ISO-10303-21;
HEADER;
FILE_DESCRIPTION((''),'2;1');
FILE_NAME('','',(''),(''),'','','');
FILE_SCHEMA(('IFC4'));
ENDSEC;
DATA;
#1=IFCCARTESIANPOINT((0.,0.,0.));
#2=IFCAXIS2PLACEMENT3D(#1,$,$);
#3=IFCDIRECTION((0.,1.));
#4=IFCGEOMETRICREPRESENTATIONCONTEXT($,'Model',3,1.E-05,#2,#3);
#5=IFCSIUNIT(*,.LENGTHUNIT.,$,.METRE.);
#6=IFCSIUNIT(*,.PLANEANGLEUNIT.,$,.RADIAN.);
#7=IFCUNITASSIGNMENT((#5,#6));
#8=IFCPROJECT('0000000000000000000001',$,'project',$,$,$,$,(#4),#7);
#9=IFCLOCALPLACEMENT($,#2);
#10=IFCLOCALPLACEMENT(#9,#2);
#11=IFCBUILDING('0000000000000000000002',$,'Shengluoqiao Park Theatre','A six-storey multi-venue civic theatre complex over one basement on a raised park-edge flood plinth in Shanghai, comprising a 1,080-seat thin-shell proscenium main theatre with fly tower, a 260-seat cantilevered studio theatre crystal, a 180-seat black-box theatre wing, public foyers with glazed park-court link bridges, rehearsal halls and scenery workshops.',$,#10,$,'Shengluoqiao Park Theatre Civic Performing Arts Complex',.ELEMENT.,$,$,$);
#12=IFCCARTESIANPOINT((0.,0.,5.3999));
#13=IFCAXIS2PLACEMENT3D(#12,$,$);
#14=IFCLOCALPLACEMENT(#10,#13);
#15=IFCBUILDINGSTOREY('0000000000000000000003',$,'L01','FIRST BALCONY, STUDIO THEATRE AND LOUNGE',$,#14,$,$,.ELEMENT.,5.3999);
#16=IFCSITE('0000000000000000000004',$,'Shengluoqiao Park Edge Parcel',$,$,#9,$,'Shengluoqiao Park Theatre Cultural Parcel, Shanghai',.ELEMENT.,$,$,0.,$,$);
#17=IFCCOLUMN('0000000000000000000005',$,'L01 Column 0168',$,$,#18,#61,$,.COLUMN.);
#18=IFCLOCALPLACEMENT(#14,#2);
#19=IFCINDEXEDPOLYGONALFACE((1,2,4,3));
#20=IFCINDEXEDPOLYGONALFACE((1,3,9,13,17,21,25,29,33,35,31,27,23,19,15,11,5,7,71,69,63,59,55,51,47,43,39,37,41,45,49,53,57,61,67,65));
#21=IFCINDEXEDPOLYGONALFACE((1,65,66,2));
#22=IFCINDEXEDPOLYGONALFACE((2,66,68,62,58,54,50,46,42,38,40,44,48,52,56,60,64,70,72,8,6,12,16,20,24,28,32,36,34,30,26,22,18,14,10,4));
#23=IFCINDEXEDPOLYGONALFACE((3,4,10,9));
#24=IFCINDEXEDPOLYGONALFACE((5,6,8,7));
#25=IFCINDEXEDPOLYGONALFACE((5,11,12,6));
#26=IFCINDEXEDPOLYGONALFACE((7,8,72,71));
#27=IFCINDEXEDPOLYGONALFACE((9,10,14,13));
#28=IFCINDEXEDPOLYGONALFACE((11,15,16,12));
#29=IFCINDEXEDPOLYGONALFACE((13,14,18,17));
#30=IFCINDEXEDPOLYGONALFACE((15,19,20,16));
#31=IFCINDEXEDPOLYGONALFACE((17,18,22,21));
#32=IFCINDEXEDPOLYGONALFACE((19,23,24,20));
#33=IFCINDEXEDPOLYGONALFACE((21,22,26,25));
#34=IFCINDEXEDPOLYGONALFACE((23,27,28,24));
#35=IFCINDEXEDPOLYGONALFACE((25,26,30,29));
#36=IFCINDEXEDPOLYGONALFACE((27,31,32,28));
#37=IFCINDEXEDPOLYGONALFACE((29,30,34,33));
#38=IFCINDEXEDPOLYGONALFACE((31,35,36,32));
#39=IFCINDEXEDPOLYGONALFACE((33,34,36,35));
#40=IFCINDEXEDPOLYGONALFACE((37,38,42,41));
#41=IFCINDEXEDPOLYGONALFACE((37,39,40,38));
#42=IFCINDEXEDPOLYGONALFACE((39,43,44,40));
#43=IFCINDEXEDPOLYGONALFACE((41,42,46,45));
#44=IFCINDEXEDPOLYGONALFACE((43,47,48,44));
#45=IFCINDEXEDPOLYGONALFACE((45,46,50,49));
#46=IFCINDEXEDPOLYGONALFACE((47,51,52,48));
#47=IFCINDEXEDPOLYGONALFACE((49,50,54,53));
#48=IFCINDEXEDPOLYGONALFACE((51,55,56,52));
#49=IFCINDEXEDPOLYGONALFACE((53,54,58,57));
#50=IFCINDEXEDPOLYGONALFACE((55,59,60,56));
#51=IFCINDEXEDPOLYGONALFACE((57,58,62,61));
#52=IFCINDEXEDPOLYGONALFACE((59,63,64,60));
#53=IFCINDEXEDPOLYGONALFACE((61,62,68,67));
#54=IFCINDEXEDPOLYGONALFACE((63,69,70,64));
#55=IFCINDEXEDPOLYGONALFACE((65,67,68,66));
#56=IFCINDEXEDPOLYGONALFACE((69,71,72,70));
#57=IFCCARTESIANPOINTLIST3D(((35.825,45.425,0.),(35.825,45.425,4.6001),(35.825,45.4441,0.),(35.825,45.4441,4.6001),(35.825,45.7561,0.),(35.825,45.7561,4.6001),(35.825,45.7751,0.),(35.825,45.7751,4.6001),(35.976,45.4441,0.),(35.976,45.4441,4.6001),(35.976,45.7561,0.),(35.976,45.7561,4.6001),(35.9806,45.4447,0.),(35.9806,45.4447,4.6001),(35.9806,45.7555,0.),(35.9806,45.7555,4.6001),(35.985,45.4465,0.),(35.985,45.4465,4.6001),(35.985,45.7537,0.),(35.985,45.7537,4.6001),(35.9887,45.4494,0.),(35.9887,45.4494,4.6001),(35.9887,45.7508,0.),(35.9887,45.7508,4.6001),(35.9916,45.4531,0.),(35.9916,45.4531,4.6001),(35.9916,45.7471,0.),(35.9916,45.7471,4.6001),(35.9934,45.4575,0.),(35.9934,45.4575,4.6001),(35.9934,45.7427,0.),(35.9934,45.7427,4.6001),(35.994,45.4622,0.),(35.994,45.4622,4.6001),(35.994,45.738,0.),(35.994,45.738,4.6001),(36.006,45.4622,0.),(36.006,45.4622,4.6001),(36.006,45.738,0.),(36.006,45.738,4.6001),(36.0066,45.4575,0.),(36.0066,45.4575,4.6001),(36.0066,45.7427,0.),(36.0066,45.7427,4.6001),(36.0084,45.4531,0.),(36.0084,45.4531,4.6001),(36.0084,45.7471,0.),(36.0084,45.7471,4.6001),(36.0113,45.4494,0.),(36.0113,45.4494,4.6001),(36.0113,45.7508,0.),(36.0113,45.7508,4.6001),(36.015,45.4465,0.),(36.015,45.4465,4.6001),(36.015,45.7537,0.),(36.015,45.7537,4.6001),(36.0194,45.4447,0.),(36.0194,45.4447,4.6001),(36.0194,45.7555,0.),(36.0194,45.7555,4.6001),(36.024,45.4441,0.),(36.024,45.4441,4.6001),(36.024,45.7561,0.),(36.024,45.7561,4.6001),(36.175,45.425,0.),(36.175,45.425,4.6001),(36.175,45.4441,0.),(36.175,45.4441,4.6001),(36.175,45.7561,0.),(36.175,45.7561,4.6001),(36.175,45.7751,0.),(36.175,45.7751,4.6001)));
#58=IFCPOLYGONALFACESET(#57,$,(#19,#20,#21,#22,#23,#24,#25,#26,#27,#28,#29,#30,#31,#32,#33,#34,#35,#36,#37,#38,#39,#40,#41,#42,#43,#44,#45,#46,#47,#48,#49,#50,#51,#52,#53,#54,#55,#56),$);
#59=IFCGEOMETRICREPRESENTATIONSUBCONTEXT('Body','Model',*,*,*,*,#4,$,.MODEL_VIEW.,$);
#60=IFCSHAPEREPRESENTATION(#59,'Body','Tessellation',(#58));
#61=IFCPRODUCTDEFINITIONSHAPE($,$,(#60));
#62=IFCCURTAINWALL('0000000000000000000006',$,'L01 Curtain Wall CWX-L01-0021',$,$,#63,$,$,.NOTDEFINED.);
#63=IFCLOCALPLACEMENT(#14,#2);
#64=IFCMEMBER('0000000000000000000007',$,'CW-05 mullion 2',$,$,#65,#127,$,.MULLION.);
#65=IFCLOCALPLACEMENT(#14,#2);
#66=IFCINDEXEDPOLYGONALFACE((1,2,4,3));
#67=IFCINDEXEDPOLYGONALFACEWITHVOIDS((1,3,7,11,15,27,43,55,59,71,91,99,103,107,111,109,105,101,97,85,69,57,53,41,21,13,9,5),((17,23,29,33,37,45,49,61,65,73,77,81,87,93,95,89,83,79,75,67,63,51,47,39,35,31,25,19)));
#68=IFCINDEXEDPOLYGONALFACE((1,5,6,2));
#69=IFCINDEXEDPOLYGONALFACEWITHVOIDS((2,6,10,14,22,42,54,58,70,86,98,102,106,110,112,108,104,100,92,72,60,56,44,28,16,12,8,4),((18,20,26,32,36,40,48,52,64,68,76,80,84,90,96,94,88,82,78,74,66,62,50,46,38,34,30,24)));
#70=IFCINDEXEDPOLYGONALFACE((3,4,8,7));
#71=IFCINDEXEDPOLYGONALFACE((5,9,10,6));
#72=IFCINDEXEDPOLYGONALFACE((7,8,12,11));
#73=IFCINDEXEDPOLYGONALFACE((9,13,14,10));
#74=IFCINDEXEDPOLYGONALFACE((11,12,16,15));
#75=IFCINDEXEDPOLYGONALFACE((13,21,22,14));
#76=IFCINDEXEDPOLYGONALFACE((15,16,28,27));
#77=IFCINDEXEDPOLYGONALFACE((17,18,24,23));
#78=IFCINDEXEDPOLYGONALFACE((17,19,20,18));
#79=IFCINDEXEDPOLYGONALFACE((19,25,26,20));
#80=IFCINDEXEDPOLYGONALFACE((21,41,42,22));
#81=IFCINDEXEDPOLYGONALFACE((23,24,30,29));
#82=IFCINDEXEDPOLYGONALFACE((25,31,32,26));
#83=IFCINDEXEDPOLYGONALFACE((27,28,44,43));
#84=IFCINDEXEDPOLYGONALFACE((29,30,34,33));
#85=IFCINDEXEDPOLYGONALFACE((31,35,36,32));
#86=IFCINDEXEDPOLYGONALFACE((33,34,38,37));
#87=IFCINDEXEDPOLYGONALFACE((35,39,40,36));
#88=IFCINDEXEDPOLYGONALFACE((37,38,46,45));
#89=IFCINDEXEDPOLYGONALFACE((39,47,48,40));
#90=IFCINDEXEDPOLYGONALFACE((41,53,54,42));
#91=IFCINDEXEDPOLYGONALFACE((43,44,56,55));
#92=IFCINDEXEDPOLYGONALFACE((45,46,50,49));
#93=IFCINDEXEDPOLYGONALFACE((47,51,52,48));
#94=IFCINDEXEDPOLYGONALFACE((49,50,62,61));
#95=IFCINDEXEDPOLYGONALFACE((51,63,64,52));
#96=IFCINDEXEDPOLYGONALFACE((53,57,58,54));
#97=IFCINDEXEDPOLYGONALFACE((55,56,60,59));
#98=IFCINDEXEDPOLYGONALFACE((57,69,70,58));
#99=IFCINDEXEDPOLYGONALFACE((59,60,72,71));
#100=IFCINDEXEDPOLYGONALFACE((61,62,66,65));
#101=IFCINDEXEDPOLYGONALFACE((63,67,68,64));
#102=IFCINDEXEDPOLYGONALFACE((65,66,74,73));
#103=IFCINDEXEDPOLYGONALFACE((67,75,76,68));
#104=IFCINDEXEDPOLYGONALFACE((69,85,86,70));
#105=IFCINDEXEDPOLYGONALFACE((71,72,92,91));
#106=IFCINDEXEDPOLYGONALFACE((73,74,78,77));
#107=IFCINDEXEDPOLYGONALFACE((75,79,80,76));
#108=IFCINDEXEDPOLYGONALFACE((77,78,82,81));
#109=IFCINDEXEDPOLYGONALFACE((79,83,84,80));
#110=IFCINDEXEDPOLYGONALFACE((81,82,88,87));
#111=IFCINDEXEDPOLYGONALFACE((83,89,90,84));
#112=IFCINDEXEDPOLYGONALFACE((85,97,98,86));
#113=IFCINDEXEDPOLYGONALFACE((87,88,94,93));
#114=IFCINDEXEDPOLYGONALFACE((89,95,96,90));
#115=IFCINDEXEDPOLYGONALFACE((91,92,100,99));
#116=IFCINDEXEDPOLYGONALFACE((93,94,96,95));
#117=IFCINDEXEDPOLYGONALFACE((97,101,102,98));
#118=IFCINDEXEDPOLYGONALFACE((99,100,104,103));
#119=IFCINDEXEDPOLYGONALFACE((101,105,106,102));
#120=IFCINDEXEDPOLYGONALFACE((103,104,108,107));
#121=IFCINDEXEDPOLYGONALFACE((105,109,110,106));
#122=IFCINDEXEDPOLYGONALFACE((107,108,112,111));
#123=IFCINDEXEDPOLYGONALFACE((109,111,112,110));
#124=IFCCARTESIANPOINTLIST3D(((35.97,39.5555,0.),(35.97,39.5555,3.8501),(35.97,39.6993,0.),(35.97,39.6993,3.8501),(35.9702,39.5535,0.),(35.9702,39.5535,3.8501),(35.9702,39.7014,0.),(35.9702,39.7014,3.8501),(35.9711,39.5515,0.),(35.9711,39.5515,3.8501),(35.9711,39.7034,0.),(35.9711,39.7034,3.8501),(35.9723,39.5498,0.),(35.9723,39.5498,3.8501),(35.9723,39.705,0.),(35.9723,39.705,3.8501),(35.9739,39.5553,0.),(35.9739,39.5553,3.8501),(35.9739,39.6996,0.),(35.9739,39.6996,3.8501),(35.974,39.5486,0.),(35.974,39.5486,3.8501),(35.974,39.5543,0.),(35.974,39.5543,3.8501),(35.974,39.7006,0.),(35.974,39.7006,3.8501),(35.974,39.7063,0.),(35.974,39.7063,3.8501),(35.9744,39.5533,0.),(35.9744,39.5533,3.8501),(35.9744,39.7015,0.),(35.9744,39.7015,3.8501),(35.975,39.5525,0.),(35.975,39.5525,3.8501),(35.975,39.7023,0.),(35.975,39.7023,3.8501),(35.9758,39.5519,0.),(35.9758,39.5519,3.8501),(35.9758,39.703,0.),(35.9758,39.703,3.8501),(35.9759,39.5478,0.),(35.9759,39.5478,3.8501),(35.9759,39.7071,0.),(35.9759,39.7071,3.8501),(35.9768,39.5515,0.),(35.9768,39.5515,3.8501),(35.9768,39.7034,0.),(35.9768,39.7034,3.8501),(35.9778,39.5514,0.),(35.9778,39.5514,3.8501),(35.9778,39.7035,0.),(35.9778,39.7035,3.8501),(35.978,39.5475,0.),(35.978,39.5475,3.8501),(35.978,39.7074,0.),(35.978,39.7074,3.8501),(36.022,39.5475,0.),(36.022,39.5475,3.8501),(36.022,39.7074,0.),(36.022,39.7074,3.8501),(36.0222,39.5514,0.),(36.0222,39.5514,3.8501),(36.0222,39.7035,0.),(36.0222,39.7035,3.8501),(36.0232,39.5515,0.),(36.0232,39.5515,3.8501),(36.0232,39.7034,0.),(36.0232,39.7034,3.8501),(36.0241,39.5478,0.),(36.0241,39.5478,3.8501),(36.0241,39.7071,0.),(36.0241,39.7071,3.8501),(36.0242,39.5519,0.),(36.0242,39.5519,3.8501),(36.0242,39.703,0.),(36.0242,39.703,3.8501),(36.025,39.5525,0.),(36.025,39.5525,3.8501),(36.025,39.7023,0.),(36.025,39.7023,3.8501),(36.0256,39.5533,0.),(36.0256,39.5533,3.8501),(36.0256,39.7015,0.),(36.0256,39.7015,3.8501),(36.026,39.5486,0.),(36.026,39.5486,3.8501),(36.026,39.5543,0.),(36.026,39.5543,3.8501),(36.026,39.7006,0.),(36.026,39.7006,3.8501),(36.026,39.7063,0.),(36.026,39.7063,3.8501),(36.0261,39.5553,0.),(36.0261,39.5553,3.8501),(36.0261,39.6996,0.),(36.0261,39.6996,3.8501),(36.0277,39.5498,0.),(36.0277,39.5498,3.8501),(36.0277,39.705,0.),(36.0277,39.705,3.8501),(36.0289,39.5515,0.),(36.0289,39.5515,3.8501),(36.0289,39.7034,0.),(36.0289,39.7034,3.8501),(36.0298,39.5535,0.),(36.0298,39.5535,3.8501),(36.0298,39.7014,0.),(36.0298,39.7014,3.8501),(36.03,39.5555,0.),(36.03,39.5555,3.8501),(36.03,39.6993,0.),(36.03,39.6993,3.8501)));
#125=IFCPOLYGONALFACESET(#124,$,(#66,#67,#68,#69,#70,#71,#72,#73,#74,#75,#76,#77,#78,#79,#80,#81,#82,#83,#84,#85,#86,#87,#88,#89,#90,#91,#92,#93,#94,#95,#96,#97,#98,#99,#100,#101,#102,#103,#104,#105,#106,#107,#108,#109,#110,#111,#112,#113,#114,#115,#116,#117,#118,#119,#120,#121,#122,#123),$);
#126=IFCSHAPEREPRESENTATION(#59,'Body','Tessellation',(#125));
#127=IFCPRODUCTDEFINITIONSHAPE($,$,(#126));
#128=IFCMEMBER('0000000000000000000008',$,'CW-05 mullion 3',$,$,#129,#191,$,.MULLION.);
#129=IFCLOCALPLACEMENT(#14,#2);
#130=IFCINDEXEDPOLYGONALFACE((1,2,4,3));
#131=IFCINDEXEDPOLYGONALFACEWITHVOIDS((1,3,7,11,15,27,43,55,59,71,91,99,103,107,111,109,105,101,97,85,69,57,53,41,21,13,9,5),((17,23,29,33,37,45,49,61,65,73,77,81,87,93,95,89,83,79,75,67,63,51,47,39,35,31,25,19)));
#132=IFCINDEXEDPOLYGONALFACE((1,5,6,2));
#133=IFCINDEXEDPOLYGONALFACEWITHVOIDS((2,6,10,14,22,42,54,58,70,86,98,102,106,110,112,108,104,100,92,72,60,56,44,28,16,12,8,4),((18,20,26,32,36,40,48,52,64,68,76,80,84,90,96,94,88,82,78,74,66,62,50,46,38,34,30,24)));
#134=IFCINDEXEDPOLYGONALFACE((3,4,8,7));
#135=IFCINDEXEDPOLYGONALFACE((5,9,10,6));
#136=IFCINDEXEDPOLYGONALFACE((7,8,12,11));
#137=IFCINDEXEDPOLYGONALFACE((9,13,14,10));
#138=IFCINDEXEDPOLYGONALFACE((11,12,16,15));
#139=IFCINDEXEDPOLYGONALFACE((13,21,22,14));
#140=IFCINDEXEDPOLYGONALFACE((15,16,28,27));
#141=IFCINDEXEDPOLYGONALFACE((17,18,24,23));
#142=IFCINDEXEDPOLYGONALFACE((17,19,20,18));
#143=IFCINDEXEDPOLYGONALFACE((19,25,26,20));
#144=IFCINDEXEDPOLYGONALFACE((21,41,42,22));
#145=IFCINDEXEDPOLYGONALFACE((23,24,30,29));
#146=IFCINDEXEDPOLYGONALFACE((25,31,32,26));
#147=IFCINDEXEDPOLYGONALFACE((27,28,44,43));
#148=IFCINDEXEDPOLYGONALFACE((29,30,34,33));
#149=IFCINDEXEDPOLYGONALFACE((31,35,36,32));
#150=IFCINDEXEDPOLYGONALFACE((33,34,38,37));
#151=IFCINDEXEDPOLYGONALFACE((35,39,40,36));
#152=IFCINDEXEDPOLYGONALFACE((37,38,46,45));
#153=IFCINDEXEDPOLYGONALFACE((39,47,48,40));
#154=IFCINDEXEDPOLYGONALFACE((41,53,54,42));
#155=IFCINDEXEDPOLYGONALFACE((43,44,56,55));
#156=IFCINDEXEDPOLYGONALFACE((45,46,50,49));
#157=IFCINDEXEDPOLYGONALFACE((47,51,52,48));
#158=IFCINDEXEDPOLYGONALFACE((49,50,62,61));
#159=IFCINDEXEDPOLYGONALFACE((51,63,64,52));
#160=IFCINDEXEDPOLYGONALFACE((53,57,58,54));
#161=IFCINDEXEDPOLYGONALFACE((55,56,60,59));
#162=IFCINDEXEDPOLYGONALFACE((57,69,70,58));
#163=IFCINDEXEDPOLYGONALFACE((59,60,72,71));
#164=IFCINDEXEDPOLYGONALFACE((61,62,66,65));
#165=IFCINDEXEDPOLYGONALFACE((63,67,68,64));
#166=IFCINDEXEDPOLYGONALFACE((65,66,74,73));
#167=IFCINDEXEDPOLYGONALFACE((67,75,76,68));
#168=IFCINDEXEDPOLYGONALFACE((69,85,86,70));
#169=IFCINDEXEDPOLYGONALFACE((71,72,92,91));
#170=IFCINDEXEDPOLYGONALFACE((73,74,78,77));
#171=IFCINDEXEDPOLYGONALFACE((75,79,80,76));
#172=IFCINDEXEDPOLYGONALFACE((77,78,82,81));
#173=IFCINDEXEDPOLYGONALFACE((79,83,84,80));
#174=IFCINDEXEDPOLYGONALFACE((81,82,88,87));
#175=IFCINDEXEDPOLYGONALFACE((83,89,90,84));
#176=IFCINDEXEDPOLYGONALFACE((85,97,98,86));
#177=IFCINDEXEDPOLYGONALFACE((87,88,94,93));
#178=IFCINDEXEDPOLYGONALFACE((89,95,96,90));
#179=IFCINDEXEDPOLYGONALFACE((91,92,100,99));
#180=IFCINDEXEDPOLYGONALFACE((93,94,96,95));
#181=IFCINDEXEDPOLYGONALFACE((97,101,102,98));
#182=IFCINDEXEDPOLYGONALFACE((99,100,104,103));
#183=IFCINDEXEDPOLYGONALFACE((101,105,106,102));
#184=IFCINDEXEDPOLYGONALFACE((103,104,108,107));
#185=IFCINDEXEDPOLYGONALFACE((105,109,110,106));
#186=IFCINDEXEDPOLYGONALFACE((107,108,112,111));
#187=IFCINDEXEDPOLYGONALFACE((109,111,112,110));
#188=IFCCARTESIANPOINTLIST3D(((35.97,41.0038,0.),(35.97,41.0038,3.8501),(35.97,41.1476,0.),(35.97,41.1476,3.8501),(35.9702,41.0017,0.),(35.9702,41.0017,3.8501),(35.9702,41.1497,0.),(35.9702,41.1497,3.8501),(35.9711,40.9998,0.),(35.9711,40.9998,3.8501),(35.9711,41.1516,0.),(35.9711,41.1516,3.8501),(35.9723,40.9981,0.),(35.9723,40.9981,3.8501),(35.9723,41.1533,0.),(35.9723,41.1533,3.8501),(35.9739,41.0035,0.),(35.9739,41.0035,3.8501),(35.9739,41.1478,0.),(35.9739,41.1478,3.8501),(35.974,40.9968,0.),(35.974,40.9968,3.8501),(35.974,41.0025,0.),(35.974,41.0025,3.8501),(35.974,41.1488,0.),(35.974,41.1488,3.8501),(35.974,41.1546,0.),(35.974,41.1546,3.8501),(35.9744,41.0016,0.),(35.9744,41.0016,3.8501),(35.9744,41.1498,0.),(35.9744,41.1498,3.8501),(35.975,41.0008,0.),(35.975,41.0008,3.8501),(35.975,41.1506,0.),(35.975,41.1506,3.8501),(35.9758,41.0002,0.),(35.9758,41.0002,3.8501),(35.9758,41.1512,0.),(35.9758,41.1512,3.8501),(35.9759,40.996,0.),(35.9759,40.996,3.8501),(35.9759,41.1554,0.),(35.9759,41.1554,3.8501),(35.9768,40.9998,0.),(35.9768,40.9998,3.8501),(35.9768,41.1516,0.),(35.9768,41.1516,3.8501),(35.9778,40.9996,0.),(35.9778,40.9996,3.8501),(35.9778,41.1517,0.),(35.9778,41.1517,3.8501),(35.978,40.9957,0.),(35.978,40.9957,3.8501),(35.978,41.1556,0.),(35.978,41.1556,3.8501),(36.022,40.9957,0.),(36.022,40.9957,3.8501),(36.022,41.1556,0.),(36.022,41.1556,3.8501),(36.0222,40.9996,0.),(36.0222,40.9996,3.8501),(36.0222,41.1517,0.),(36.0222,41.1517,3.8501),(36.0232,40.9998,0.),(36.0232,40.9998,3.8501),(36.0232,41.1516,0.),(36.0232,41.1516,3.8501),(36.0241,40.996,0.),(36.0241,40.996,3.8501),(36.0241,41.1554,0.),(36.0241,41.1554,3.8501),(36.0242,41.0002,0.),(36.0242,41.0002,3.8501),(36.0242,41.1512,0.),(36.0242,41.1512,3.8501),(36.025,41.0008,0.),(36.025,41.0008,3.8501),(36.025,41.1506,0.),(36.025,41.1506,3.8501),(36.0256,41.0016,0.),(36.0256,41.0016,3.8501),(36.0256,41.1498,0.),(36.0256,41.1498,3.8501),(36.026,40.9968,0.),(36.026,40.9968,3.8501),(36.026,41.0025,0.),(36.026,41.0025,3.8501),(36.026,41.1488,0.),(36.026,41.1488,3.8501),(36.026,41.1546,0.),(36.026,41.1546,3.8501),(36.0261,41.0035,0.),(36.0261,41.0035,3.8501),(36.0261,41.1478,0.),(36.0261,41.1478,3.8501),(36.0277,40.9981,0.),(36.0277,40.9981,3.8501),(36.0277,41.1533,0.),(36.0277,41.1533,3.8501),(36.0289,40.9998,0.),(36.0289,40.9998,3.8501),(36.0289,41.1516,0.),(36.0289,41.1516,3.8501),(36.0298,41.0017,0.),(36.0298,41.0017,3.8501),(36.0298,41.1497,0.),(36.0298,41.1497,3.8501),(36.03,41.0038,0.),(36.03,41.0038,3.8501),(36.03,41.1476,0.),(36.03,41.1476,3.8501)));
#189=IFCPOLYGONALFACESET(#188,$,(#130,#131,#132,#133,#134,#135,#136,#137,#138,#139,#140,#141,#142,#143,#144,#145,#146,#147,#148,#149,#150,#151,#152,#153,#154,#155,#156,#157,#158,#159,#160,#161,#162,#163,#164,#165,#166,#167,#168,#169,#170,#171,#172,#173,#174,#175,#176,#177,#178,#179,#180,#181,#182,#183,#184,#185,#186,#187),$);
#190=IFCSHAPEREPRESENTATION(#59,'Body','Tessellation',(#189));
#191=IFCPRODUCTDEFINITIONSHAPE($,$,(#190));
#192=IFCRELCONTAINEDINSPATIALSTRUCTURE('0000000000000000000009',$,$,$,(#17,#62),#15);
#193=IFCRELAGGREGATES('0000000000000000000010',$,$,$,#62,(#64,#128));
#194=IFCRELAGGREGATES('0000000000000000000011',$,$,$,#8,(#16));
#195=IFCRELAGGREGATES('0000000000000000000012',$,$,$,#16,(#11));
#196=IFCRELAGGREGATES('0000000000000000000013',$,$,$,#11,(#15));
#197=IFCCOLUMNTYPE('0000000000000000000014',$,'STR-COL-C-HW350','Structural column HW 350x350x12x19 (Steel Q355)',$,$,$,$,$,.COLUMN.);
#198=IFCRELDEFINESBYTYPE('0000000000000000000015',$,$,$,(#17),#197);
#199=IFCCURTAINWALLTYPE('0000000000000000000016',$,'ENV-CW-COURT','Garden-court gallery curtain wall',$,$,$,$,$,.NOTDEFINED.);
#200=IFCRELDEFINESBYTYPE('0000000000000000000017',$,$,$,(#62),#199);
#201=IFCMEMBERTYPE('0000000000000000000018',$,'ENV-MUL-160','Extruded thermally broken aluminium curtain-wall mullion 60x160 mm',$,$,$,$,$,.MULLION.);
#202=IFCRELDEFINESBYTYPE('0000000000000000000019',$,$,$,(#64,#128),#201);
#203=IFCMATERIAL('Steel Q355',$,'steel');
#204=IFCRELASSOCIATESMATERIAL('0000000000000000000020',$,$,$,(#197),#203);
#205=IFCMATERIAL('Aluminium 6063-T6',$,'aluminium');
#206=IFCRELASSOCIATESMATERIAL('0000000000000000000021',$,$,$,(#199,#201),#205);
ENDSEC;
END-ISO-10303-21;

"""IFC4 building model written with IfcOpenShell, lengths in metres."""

from ifc_helpers import new_model, si_unit, direction, frame, origin, origin_2d, place, context, subcontext, project, spatial, hollow_rectangle, i_section, extrude, material, material_profile, profile_set, type_object, element, aggregate, save


model = new_model("IFC4")

# Units and contexts
model_context = context("Model", 3, precision=1e-05, world=origin(), true_north=direction((0.0, 1.0)))
body_context = subcontext(model_context, "Body", "Model", "MODEL_VIEW")
ifc_project = project(units=[si_unit("LENGTHUNIT", "METRE"), si_unit("PLANEANGLEUNIT", "RADIAN")], contexts=[model_context])

# Site, building, storey
site_placement = place(None, origin())
site = spatial("IfcSite", under=ifc_project, at=site_placement, Name="Shengluoqiao Park Edge Parcel", LongName="Shengluoqiao Park Theatre Cultural Parcel, Shanghai", CompositionType="ELEMENT", RefElevation=0.0)
building_placement = place(site_placement, origin())
building = spatial("IfcBuilding", under=site, at=building_placement, Name="Shengluoqiao Park Theatre", Description="A six-storey multi-venue civic theatre complex over one basement on a raised park-edge flood plinth in Shanghai, comprising a 1,080-seat thin-shell proscenium main theatre with fly tower, a 260-seat cantilevered studio theatre crystal, a 180-seat black-box theatre wing, public foyers with glazed park-court link bridges, rehearsal halls and scenery workshops.", LongName="Shengluoqiao Park Theatre Civic Performing Arts Complex", CompositionType="ELEMENT")
storey_placement = place(building_placement, frame((0.0, 0.0, 5.3999)))
storey = spatial("IfcBuildingStorey", under=building, at=storey_placement, Name="L01", Description="FIRST BALCONY, STUDIO THEATRE AND LOUNGE", CompositionType="ELEMENT", Elevation=5.3999)

# Column
ifc_material_1 = material(Name="Steel Q355", Category="steel")
ifc_material_profile_1 = material_profile(ifc_material_1, i_section(OverallWidth=0.3501, OverallDepth=0.3501, WebThickness=0.012, FlangeThickness=0.019, FilletRadius=0.0181, at=origin_2d()), Name="HW 350x350x12x19")
ifc_profile_set_1 = profile_set([ifc_material_profile_1], Name="Steel Q355")
column_type = type_object("IfcColumnType", Name="STR-COL-C-HW350", Description="Structural column HW 350x350x12x19 (Steel Q355)", PredefinedType="COLUMN", material=ifc_profile_set_1)
column_placement = place(storey_placement, frame((36.0, 45.6001, 0.0), z_axis=(0.0, 0.0, 1.0), x_axis=(1.0, 0.0, 0.0)))
element("IfcColumn", 1, at=column_placement, inside=storey, type_object=column_type, Name="L01 Column 0168", PredefinedType="COLUMN", context=body_context, shape_type="SweptSolid", body=[
    extrude(i_section(OverallWidth=0.3501, OverallDepth=0.3501, WebThickness=0.012, FlangeThickness=0.019, FilletRadius=0.0181, at=origin_2d()), origin(), (0.0, 0.0, 1.0), 4.6001),
])

# Curtain wall, members
ifc_material_2 = material(Name="Aluminium 6063-T6", Category="aluminium")
curtain_wall_type = type_object("IfcCurtainWallType", Name="ENV-CW-COURT", Description="Garden-court gallery curtain wall", PredefinedType="NOTDEFINED", material=ifc_material_2)
curtain_wall_1_placement = place(storey_placement, origin())
curtain_wall_1 = element("IfcCurtainWall", 2, at=curtain_wall_1_placement, inside=storey, type_object=curtain_wall_type, Name="L01 Curtain Wall CWX-L01-0021", PredefinedType="NOTDEFINED")
ifc_material_profile_2 = material_profile(ifc_material_2, hollow_rectangle(XDim=0.0601, YDim=0.1599, WallThickness=0.0039, InnerFilletRadius=0.0039, OuterFilletRadius=0.0081, at=origin_2d()), Name="ALU MULLION 160x60x4")
ifc_profile_set_2 = profile_set([ifc_material_profile_2], Name="Aluminium 6063-T6")
member_type_1 = type_object("IfcMemberType", Name="ENV-MUL-160", Description="Extruded thermally broken aluminium curtain-wall mullion 60x160 mm", PredefinedType="MULLION", material=ifc_profile_set_2)
member_1_placement = place(storey_placement, frame((36.0, 39.6274, 0.0), z_axis=(0.0, 0.0, 1.0), x_axis=(-1.0, 0.0, 0.0)))
member_1 = element("IfcMember", 3, at=member_1_placement, type_object=member_type_1, Name="CW-05 mullion 2", PredefinedType="MULLION", context=body_context, shape_type="SweptSolid", body=[
    extrude(hollow_rectangle(XDim=0.0601, YDim=0.1599, WallThickness=0.0039, InnerFilletRadius=0.0039, OuterFilletRadius=0.0081, at=origin_2d()), origin(), (0.0, 0.0, 1.0), 3.8501),
])
member_2_placement = place(storey_placement, frame((36.0, 41.0757, 0.0), z_axis=(0.0, 0.0, 1.0), x_axis=(-1.0, 0.0, 0.0)))
member_2 = element("IfcMember", 4, at=member_2_placement, type_object=member_type_1, Name="CW-05 mullion 3", PredefinedType="MULLION", context=body_context, shape_type="SweptSolid", body=[
    extrude(hollow_rectangle(XDim=0.0601, YDim=0.1599, WallThickness=0.0039, InnerFilletRadius=0.0039, OuterFilletRadius=0.0081, at=origin_2d()), origin(), (0.0, 0.0, 1.0), 3.8501),
])

aggregate(curtain_wall_1, [member_1, member_2])

save(model, "model.ifc")
